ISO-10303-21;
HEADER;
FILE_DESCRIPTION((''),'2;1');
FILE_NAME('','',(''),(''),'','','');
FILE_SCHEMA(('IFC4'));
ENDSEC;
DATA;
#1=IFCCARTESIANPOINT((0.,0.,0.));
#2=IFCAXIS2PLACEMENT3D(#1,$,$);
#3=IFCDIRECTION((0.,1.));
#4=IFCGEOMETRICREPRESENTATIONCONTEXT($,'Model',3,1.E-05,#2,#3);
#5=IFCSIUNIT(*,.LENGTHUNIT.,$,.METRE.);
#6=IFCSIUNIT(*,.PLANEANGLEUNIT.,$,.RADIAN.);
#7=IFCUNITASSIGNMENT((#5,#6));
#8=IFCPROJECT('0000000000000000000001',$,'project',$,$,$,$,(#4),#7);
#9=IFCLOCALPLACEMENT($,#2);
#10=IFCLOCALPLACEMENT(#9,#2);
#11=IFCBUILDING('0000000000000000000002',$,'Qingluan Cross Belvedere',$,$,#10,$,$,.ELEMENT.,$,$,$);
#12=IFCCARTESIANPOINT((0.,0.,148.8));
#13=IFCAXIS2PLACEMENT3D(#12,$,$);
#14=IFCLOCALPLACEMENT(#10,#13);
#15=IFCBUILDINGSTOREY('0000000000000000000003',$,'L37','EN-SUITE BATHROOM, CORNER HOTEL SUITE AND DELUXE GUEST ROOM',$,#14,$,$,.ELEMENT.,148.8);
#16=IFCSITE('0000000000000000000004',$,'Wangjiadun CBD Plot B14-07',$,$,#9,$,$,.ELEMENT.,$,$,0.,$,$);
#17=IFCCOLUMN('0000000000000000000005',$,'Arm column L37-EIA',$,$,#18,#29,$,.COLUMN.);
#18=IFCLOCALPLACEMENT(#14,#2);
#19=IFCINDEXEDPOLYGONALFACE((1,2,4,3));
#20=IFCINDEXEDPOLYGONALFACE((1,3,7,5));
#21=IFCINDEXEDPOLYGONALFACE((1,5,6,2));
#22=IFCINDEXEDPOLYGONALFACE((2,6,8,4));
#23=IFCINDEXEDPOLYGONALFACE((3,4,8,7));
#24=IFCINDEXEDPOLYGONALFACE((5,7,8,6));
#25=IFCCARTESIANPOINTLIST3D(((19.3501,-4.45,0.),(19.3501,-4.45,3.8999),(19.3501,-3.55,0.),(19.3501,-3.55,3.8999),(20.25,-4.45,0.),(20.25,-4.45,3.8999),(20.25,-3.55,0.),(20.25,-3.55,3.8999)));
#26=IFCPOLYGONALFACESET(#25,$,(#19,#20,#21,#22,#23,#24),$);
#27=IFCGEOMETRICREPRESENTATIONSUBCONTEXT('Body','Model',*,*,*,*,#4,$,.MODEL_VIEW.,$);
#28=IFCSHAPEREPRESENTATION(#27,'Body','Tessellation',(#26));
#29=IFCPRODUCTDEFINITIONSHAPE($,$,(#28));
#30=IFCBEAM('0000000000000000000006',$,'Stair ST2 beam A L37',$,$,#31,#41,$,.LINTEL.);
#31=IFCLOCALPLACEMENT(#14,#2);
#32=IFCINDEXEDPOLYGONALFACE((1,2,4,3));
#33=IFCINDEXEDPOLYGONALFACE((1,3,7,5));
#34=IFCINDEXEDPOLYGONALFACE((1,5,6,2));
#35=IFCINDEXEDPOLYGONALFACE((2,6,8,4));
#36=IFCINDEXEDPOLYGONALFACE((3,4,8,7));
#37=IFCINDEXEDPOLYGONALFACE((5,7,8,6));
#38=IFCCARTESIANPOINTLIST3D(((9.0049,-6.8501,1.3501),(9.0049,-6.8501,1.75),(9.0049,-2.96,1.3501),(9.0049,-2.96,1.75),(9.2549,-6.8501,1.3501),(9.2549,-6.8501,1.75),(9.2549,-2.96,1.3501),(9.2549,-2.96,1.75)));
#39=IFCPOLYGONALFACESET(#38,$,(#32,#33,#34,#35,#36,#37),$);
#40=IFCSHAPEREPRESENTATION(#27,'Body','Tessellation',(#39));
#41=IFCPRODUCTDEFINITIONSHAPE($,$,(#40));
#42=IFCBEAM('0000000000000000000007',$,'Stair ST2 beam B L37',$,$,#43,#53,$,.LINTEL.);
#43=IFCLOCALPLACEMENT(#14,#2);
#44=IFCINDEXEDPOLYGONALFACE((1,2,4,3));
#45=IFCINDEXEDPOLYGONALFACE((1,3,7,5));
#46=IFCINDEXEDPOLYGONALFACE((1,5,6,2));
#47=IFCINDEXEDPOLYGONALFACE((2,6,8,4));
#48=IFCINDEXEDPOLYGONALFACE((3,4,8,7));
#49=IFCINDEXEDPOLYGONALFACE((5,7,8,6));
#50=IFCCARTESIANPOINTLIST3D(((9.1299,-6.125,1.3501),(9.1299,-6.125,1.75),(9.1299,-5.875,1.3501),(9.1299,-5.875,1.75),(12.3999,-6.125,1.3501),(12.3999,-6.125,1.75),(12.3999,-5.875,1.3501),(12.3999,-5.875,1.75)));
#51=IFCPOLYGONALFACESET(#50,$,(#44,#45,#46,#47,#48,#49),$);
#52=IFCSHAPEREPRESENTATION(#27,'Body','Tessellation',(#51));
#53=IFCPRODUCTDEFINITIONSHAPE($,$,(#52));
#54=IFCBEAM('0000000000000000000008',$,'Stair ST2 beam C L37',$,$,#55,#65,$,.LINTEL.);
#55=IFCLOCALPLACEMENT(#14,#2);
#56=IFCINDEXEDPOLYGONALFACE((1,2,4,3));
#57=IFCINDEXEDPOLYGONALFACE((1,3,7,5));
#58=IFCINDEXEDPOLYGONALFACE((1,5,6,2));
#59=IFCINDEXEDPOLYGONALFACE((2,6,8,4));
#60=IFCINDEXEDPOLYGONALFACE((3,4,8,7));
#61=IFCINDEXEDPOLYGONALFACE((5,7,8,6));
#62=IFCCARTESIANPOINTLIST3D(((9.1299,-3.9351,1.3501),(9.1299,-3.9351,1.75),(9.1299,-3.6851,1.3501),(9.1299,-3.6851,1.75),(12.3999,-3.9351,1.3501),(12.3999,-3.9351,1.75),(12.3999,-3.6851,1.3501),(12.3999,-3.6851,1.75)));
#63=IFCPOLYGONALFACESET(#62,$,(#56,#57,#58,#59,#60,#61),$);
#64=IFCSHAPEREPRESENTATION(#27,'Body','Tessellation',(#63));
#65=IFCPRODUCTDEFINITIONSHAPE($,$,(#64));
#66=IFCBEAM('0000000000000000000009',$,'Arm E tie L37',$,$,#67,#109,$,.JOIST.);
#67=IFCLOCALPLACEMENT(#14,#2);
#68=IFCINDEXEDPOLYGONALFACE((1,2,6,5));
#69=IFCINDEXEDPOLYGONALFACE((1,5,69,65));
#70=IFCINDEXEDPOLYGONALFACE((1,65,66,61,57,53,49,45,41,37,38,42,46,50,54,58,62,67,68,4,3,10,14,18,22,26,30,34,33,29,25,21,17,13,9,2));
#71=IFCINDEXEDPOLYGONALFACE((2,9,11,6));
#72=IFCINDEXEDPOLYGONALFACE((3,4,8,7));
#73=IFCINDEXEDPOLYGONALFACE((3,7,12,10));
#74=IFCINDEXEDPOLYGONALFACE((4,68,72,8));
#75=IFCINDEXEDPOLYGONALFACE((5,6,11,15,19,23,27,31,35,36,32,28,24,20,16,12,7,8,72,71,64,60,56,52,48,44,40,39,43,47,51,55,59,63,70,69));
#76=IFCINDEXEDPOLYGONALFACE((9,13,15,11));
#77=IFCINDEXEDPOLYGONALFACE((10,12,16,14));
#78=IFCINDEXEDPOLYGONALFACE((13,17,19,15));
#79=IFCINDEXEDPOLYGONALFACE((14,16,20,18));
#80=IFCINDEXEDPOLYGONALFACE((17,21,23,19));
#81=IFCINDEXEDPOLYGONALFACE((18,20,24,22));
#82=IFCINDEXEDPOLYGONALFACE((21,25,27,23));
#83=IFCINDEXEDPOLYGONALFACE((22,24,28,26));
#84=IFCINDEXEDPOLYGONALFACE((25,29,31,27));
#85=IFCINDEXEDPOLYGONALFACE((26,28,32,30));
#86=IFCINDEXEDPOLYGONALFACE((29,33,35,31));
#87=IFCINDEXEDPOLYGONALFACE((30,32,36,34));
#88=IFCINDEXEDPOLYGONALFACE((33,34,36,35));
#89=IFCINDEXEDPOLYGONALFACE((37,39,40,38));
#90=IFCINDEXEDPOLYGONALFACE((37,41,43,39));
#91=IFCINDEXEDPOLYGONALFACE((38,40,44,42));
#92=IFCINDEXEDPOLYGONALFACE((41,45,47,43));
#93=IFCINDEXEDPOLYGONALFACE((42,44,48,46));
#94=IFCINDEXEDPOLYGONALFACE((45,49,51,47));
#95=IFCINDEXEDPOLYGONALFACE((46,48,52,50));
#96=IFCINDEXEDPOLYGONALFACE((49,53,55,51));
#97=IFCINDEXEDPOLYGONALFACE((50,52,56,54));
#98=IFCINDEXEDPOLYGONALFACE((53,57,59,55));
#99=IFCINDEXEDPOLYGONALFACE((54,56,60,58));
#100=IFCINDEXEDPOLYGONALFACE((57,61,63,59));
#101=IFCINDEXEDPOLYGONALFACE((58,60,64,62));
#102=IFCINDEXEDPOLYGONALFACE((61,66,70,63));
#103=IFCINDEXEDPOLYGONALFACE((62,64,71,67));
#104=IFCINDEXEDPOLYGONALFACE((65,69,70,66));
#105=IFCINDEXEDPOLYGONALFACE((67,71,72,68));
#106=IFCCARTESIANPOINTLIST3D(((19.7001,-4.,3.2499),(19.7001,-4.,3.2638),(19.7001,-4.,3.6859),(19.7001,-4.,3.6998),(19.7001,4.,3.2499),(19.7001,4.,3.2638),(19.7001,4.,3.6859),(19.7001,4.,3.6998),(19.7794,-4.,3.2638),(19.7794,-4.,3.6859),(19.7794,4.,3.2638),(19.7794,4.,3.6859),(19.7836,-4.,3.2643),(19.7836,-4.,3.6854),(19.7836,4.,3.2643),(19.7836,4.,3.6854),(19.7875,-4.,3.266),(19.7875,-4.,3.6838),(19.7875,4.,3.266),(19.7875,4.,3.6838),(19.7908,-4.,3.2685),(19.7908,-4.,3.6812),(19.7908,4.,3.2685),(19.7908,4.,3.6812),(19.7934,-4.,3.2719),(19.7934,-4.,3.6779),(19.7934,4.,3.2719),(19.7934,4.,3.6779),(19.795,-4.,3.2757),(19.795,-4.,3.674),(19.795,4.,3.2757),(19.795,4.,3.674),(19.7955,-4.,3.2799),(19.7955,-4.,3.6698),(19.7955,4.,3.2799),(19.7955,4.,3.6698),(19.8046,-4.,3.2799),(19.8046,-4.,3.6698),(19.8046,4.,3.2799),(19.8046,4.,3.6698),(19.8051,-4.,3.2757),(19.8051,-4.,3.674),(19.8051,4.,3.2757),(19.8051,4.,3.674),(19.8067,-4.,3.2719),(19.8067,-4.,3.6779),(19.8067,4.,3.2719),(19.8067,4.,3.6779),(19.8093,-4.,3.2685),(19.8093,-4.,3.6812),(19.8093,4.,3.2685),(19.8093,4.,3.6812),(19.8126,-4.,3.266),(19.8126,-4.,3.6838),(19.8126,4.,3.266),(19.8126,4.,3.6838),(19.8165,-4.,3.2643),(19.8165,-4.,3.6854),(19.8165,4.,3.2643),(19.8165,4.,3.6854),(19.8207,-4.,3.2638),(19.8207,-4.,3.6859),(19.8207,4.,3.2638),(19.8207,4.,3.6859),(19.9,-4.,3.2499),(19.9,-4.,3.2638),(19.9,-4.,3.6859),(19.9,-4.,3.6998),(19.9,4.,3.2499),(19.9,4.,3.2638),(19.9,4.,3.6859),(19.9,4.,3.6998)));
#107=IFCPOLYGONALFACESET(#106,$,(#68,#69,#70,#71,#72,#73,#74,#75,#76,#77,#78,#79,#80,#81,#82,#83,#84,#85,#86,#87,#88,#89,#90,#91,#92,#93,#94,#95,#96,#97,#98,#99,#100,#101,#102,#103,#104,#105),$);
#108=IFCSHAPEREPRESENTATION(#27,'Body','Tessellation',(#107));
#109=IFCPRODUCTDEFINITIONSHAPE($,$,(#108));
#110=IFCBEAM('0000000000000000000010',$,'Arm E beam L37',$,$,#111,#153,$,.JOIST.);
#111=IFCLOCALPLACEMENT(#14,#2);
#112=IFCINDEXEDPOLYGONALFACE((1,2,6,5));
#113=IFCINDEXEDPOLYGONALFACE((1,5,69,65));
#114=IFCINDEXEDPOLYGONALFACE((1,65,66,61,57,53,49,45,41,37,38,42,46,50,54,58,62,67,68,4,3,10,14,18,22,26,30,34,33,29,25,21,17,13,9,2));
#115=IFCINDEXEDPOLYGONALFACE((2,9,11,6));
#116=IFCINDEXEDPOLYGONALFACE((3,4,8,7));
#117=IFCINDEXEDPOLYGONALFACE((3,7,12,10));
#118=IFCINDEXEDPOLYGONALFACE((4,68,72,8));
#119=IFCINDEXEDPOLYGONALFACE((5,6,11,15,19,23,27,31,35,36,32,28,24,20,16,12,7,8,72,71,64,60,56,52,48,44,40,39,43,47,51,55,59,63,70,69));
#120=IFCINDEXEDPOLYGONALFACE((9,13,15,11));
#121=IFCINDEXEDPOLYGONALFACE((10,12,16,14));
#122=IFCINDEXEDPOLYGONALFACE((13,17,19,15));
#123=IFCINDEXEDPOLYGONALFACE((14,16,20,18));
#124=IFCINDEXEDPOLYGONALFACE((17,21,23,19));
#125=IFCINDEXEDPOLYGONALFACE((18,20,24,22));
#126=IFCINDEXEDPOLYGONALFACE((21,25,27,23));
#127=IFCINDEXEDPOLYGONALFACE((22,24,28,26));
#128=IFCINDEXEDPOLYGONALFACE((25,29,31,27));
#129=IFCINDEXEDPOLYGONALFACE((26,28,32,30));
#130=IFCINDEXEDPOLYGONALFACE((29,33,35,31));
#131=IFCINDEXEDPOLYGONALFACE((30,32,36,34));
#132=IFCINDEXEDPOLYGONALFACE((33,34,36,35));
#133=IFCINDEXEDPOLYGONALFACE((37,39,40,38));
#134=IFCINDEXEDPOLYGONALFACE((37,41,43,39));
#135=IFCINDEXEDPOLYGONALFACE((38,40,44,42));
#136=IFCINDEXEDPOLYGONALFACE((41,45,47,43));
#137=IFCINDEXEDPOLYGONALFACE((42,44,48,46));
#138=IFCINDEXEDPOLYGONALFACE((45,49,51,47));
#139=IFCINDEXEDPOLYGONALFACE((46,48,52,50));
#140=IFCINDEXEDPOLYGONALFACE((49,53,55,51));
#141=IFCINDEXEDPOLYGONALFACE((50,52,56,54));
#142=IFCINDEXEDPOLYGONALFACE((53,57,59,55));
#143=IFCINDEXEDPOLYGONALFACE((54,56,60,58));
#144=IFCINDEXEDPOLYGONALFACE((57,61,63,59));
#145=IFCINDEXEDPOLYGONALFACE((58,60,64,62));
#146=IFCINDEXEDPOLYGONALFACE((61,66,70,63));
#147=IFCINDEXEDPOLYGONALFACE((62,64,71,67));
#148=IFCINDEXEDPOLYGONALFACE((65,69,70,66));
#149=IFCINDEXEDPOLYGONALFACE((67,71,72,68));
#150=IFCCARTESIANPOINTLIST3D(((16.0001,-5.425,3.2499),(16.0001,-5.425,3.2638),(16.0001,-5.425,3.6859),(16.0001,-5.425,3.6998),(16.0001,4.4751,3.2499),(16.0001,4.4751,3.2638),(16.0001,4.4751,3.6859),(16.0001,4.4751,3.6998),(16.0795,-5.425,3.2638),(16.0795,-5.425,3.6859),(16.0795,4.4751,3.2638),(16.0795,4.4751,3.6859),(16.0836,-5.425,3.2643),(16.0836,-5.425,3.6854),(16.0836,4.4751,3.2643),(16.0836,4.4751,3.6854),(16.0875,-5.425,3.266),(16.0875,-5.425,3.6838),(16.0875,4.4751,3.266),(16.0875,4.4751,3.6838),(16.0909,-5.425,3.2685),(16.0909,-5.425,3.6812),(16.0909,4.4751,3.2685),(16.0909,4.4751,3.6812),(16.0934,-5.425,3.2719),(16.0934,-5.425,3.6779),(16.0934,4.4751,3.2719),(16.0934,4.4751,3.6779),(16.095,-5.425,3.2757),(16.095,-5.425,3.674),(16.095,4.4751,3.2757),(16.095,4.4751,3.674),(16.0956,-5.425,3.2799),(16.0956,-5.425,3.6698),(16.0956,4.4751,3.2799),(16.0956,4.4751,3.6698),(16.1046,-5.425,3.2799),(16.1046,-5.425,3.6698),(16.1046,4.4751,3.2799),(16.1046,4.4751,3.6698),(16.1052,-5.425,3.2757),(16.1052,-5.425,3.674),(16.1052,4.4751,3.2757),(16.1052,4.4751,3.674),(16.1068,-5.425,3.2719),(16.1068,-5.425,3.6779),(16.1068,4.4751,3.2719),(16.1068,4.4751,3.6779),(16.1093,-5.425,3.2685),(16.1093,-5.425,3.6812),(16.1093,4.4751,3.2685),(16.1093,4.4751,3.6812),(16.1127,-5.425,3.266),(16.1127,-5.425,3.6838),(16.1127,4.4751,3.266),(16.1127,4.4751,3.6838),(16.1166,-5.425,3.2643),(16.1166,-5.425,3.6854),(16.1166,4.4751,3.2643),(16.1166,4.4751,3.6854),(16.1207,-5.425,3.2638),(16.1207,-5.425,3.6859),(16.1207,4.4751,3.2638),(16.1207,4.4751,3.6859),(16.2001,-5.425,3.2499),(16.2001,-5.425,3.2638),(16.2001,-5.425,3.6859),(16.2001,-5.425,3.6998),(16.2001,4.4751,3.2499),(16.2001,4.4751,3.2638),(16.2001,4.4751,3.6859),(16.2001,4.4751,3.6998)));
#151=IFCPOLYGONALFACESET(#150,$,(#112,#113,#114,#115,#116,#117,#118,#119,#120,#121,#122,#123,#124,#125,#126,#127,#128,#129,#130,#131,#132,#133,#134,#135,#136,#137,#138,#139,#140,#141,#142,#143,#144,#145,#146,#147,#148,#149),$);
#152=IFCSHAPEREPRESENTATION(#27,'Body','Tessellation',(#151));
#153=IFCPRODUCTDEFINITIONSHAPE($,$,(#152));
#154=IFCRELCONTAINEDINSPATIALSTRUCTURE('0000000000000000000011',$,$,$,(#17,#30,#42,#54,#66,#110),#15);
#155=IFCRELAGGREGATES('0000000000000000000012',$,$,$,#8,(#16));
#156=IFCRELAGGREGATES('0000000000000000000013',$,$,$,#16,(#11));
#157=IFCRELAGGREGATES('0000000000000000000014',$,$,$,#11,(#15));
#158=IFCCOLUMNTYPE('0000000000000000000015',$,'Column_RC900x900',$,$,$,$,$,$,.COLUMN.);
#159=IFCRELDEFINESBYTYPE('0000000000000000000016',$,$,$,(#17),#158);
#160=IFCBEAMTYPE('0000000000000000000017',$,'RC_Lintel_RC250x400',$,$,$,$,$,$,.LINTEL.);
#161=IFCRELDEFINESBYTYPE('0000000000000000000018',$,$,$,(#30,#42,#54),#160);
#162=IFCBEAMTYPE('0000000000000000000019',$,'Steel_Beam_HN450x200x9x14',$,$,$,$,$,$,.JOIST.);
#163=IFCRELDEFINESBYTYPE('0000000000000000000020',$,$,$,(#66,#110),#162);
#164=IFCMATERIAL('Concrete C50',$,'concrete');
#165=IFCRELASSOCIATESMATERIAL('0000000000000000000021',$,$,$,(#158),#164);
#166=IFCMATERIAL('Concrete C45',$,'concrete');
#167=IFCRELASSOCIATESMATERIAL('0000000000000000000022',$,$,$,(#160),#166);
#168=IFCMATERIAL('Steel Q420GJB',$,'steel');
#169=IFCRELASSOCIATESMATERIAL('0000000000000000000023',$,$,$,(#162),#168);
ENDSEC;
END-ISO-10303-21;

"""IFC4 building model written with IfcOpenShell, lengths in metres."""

from ifc_helpers import new_model, si_unit, direction, frame, origin, origin_2d, place, context, subcontext, project, spatial, rectangle, i_section, extrude, material, material_profile, profile_set, type_object, element, save


model = new_model("IFC4")

# Units and contexts
model_context = context("Model", 3, precision=1e-05, world=origin(), true_north=direction((0.0, 1.0)))
body_context = subcontext(model_context, "Body", "Model", "MODEL_VIEW")
ifc_project = project(units=[si_unit("LENGTHUNIT", "METRE"), si_unit("PLANEANGLEUNIT", "RADIAN")], contexts=[model_context])

# Site, building, storey
site_placement = place(None, origin())
site = spatial("IfcSite", under=ifc_project, at=site_placement, Name="Wangjiadun CBD Plot B14-07", CompositionType="ELEMENT", RefElevation=0.0)
building_placement = place(site_placement, origin())
building = spatial("IfcBuilding", under=site, at=building_placement, Name="Qingluan Cross Belvedere", CompositionType="ELEMENT")
storey_placement = place(building_placement, frame((0.0, 0.0, 148.8)))
storey = spatial("IfcBuildingStorey", under=building, at=storey_placement, Name="L37", Description="EN-SUITE BATHROOM, CORNER HOTEL SUITE AND DELUXE GUEST ROOM", CompositionType="ELEMENT", Elevation=148.8)

# Column
ifc_material_1 = material(Name="Concrete C50", Category="concrete")
ifc_material_profile_1 = material_profile(ifc_material_1, rectangle(XDim=0.8999, YDim=0.8999, at=origin_2d()), Name="RC900x900")
ifc_profile_set_1 = profile_set([ifc_material_profile_1], Name="Concrete C50")
column_type = type_object("IfcColumnType", Name="Column_RC900x900", PredefinedType="COLUMN", material=ifc_profile_set_1)
column_placement = place(storey_placement, frame((19.8, -4.0, 0.0), z_axis=(0.0, 0.0, 1.0), x_axis=(1.0, 0.0, 0.0)))
element("IfcColumn", 1, at=column_placement, inside=storey, type_object=column_type, Name="Arm column L37-EIA", PredefinedType="COLUMN", context=body_context, shape_type="SweptSolid", body=[
    extrude(rectangle(XDim=0.8999, YDim=0.8999, at=origin_2d()), origin(), (0.0, 0.0, 1.0), 3.8999),
])

# Beams
ifc_material_2 = material(Name="Concrete C45", Category="concrete")
ifc_material_profile_2 = material_profile(ifc_material_2, rectangle(XDim=0.25, YDim=0.3999, at=origin_2d()), Name="RC250x400")
ifc_profile_set_2 = profile_set([ifc_material_profile_2], Name="Concrete C45")
beam_type_1 = type_object("IfcBeamType", Name="RC_Lintel_RC250x400", PredefinedType="LINTEL", material=ifc_profile_set_2)
beam_1_placement = place(storey_placement, frame((9.1299, -6.8501, 1.55), z_axis=(0.0, 1.0, 0.0), x_axis=(-1.0, 0.0, 0.0)))
element("IfcBeam", 2, at=beam_1_placement, inside=storey, type_object=beam_type_1, Name="Stair ST2 beam A L37", PredefinedType="LINTEL", context=body_context, shape_type="SweptSolid", body=[
    extrude(rectangle(XDim=0.25, YDim=0.3999, at=origin_2d()), origin(), (0.0, 0.0, 1.0), 3.8901),
])
for number, where, z_axis, x_axis, name in (
    (3, (12.3999, -6.0, 1.55), (-1.0, 0.0, 0.0), (0.0, -1.0, 0.0), "Stair ST2 beam B L37"),
    (4, (12.3999, -3.8101, 1.55), (-1.0, 0.0, 0.0), (0.0, -1.0, 0.0), "Stair ST2 beam C L37"),
):
    element("IfcBeam", number, at=place(storey_placement, frame(where, z_axis=z_axis, x_axis=x_axis)), inside=storey, type_object=beam_type_1, Name=name, PredefinedType="LINTEL", context=body_context, shape_type="SweptSolid", body=[
        extrude(rectangle(XDim=0.25, YDim=0.3999, at=origin_2d()), origin(), (0.0, 0.0, 1.0), 3.27),
    ])
ifc_material_3 = material(Name="Steel Q420GJB", Category="steel")
ifc_material_profile_3 = material_profile(ifc_material_3, i_section(OverallWidth=0.2, OverallDepth=0.45, WebThickness=0.009, FlangeThickness=0.0139, FilletRadius=0.0161, at=origin_2d()), Name="HN450x200x9x14")
ifc_profile_set_3 = profile_set([ifc_material_profile_3], Name="Steel Q420GJB")
beam_type_2 = type_object("IfcBeamType", Name="Steel_Beam_HN450x200x9x14", PredefinedType="JOIST", material=ifc_profile_set_3)
beam_2_placement = place(storey_placement, frame((19.8, -4.0, 3.4749), z_axis=(0.0, 1.0, 0.0), x_axis=(-1.0, 0.0, 0.0)))
element("IfcBeam", 5, at=beam_2_placement, inside=storey, type_object=beam_type_2, Name="Arm E tie L37", PredefinedType="JOIST", context=body_context, shape_type="SweptSolid", body=[
    extrude(i_section(OverallWidth=0.2, OverallDepth=0.45, WebThickness=0.009, FlangeThickness=0.0139, FilletRadius=0.0161, at=origin_2d()), origin(), (0.0, 0.0, 1.0), 8.0),
])
beam_3_placement = place(storey_placement, frame((16.1001, -5.425, 3.4749), z_axis=(0.0, 1.0, 0.0), x_axis=(-1.0, 0.0, 0.0)))
element("IfcBeam", 6, at=beam_3_placement, inside=storey, type_object=beam_type_2, Name="Arm E beam L37", PredefinedType="JOIST", context=body_context, shape_type="SweptSolid", body=[
    extrude(i_section(OverallWidth=0.2, OverallDepth=0.45, WebThickness=0.009, FlangeThickness=0.0139, FilletRadius=0.0161, at=origin_2d()), origin(), (0.0, 0.0, 1.0), 9.9001),
])

save(model, "model.ifc")
